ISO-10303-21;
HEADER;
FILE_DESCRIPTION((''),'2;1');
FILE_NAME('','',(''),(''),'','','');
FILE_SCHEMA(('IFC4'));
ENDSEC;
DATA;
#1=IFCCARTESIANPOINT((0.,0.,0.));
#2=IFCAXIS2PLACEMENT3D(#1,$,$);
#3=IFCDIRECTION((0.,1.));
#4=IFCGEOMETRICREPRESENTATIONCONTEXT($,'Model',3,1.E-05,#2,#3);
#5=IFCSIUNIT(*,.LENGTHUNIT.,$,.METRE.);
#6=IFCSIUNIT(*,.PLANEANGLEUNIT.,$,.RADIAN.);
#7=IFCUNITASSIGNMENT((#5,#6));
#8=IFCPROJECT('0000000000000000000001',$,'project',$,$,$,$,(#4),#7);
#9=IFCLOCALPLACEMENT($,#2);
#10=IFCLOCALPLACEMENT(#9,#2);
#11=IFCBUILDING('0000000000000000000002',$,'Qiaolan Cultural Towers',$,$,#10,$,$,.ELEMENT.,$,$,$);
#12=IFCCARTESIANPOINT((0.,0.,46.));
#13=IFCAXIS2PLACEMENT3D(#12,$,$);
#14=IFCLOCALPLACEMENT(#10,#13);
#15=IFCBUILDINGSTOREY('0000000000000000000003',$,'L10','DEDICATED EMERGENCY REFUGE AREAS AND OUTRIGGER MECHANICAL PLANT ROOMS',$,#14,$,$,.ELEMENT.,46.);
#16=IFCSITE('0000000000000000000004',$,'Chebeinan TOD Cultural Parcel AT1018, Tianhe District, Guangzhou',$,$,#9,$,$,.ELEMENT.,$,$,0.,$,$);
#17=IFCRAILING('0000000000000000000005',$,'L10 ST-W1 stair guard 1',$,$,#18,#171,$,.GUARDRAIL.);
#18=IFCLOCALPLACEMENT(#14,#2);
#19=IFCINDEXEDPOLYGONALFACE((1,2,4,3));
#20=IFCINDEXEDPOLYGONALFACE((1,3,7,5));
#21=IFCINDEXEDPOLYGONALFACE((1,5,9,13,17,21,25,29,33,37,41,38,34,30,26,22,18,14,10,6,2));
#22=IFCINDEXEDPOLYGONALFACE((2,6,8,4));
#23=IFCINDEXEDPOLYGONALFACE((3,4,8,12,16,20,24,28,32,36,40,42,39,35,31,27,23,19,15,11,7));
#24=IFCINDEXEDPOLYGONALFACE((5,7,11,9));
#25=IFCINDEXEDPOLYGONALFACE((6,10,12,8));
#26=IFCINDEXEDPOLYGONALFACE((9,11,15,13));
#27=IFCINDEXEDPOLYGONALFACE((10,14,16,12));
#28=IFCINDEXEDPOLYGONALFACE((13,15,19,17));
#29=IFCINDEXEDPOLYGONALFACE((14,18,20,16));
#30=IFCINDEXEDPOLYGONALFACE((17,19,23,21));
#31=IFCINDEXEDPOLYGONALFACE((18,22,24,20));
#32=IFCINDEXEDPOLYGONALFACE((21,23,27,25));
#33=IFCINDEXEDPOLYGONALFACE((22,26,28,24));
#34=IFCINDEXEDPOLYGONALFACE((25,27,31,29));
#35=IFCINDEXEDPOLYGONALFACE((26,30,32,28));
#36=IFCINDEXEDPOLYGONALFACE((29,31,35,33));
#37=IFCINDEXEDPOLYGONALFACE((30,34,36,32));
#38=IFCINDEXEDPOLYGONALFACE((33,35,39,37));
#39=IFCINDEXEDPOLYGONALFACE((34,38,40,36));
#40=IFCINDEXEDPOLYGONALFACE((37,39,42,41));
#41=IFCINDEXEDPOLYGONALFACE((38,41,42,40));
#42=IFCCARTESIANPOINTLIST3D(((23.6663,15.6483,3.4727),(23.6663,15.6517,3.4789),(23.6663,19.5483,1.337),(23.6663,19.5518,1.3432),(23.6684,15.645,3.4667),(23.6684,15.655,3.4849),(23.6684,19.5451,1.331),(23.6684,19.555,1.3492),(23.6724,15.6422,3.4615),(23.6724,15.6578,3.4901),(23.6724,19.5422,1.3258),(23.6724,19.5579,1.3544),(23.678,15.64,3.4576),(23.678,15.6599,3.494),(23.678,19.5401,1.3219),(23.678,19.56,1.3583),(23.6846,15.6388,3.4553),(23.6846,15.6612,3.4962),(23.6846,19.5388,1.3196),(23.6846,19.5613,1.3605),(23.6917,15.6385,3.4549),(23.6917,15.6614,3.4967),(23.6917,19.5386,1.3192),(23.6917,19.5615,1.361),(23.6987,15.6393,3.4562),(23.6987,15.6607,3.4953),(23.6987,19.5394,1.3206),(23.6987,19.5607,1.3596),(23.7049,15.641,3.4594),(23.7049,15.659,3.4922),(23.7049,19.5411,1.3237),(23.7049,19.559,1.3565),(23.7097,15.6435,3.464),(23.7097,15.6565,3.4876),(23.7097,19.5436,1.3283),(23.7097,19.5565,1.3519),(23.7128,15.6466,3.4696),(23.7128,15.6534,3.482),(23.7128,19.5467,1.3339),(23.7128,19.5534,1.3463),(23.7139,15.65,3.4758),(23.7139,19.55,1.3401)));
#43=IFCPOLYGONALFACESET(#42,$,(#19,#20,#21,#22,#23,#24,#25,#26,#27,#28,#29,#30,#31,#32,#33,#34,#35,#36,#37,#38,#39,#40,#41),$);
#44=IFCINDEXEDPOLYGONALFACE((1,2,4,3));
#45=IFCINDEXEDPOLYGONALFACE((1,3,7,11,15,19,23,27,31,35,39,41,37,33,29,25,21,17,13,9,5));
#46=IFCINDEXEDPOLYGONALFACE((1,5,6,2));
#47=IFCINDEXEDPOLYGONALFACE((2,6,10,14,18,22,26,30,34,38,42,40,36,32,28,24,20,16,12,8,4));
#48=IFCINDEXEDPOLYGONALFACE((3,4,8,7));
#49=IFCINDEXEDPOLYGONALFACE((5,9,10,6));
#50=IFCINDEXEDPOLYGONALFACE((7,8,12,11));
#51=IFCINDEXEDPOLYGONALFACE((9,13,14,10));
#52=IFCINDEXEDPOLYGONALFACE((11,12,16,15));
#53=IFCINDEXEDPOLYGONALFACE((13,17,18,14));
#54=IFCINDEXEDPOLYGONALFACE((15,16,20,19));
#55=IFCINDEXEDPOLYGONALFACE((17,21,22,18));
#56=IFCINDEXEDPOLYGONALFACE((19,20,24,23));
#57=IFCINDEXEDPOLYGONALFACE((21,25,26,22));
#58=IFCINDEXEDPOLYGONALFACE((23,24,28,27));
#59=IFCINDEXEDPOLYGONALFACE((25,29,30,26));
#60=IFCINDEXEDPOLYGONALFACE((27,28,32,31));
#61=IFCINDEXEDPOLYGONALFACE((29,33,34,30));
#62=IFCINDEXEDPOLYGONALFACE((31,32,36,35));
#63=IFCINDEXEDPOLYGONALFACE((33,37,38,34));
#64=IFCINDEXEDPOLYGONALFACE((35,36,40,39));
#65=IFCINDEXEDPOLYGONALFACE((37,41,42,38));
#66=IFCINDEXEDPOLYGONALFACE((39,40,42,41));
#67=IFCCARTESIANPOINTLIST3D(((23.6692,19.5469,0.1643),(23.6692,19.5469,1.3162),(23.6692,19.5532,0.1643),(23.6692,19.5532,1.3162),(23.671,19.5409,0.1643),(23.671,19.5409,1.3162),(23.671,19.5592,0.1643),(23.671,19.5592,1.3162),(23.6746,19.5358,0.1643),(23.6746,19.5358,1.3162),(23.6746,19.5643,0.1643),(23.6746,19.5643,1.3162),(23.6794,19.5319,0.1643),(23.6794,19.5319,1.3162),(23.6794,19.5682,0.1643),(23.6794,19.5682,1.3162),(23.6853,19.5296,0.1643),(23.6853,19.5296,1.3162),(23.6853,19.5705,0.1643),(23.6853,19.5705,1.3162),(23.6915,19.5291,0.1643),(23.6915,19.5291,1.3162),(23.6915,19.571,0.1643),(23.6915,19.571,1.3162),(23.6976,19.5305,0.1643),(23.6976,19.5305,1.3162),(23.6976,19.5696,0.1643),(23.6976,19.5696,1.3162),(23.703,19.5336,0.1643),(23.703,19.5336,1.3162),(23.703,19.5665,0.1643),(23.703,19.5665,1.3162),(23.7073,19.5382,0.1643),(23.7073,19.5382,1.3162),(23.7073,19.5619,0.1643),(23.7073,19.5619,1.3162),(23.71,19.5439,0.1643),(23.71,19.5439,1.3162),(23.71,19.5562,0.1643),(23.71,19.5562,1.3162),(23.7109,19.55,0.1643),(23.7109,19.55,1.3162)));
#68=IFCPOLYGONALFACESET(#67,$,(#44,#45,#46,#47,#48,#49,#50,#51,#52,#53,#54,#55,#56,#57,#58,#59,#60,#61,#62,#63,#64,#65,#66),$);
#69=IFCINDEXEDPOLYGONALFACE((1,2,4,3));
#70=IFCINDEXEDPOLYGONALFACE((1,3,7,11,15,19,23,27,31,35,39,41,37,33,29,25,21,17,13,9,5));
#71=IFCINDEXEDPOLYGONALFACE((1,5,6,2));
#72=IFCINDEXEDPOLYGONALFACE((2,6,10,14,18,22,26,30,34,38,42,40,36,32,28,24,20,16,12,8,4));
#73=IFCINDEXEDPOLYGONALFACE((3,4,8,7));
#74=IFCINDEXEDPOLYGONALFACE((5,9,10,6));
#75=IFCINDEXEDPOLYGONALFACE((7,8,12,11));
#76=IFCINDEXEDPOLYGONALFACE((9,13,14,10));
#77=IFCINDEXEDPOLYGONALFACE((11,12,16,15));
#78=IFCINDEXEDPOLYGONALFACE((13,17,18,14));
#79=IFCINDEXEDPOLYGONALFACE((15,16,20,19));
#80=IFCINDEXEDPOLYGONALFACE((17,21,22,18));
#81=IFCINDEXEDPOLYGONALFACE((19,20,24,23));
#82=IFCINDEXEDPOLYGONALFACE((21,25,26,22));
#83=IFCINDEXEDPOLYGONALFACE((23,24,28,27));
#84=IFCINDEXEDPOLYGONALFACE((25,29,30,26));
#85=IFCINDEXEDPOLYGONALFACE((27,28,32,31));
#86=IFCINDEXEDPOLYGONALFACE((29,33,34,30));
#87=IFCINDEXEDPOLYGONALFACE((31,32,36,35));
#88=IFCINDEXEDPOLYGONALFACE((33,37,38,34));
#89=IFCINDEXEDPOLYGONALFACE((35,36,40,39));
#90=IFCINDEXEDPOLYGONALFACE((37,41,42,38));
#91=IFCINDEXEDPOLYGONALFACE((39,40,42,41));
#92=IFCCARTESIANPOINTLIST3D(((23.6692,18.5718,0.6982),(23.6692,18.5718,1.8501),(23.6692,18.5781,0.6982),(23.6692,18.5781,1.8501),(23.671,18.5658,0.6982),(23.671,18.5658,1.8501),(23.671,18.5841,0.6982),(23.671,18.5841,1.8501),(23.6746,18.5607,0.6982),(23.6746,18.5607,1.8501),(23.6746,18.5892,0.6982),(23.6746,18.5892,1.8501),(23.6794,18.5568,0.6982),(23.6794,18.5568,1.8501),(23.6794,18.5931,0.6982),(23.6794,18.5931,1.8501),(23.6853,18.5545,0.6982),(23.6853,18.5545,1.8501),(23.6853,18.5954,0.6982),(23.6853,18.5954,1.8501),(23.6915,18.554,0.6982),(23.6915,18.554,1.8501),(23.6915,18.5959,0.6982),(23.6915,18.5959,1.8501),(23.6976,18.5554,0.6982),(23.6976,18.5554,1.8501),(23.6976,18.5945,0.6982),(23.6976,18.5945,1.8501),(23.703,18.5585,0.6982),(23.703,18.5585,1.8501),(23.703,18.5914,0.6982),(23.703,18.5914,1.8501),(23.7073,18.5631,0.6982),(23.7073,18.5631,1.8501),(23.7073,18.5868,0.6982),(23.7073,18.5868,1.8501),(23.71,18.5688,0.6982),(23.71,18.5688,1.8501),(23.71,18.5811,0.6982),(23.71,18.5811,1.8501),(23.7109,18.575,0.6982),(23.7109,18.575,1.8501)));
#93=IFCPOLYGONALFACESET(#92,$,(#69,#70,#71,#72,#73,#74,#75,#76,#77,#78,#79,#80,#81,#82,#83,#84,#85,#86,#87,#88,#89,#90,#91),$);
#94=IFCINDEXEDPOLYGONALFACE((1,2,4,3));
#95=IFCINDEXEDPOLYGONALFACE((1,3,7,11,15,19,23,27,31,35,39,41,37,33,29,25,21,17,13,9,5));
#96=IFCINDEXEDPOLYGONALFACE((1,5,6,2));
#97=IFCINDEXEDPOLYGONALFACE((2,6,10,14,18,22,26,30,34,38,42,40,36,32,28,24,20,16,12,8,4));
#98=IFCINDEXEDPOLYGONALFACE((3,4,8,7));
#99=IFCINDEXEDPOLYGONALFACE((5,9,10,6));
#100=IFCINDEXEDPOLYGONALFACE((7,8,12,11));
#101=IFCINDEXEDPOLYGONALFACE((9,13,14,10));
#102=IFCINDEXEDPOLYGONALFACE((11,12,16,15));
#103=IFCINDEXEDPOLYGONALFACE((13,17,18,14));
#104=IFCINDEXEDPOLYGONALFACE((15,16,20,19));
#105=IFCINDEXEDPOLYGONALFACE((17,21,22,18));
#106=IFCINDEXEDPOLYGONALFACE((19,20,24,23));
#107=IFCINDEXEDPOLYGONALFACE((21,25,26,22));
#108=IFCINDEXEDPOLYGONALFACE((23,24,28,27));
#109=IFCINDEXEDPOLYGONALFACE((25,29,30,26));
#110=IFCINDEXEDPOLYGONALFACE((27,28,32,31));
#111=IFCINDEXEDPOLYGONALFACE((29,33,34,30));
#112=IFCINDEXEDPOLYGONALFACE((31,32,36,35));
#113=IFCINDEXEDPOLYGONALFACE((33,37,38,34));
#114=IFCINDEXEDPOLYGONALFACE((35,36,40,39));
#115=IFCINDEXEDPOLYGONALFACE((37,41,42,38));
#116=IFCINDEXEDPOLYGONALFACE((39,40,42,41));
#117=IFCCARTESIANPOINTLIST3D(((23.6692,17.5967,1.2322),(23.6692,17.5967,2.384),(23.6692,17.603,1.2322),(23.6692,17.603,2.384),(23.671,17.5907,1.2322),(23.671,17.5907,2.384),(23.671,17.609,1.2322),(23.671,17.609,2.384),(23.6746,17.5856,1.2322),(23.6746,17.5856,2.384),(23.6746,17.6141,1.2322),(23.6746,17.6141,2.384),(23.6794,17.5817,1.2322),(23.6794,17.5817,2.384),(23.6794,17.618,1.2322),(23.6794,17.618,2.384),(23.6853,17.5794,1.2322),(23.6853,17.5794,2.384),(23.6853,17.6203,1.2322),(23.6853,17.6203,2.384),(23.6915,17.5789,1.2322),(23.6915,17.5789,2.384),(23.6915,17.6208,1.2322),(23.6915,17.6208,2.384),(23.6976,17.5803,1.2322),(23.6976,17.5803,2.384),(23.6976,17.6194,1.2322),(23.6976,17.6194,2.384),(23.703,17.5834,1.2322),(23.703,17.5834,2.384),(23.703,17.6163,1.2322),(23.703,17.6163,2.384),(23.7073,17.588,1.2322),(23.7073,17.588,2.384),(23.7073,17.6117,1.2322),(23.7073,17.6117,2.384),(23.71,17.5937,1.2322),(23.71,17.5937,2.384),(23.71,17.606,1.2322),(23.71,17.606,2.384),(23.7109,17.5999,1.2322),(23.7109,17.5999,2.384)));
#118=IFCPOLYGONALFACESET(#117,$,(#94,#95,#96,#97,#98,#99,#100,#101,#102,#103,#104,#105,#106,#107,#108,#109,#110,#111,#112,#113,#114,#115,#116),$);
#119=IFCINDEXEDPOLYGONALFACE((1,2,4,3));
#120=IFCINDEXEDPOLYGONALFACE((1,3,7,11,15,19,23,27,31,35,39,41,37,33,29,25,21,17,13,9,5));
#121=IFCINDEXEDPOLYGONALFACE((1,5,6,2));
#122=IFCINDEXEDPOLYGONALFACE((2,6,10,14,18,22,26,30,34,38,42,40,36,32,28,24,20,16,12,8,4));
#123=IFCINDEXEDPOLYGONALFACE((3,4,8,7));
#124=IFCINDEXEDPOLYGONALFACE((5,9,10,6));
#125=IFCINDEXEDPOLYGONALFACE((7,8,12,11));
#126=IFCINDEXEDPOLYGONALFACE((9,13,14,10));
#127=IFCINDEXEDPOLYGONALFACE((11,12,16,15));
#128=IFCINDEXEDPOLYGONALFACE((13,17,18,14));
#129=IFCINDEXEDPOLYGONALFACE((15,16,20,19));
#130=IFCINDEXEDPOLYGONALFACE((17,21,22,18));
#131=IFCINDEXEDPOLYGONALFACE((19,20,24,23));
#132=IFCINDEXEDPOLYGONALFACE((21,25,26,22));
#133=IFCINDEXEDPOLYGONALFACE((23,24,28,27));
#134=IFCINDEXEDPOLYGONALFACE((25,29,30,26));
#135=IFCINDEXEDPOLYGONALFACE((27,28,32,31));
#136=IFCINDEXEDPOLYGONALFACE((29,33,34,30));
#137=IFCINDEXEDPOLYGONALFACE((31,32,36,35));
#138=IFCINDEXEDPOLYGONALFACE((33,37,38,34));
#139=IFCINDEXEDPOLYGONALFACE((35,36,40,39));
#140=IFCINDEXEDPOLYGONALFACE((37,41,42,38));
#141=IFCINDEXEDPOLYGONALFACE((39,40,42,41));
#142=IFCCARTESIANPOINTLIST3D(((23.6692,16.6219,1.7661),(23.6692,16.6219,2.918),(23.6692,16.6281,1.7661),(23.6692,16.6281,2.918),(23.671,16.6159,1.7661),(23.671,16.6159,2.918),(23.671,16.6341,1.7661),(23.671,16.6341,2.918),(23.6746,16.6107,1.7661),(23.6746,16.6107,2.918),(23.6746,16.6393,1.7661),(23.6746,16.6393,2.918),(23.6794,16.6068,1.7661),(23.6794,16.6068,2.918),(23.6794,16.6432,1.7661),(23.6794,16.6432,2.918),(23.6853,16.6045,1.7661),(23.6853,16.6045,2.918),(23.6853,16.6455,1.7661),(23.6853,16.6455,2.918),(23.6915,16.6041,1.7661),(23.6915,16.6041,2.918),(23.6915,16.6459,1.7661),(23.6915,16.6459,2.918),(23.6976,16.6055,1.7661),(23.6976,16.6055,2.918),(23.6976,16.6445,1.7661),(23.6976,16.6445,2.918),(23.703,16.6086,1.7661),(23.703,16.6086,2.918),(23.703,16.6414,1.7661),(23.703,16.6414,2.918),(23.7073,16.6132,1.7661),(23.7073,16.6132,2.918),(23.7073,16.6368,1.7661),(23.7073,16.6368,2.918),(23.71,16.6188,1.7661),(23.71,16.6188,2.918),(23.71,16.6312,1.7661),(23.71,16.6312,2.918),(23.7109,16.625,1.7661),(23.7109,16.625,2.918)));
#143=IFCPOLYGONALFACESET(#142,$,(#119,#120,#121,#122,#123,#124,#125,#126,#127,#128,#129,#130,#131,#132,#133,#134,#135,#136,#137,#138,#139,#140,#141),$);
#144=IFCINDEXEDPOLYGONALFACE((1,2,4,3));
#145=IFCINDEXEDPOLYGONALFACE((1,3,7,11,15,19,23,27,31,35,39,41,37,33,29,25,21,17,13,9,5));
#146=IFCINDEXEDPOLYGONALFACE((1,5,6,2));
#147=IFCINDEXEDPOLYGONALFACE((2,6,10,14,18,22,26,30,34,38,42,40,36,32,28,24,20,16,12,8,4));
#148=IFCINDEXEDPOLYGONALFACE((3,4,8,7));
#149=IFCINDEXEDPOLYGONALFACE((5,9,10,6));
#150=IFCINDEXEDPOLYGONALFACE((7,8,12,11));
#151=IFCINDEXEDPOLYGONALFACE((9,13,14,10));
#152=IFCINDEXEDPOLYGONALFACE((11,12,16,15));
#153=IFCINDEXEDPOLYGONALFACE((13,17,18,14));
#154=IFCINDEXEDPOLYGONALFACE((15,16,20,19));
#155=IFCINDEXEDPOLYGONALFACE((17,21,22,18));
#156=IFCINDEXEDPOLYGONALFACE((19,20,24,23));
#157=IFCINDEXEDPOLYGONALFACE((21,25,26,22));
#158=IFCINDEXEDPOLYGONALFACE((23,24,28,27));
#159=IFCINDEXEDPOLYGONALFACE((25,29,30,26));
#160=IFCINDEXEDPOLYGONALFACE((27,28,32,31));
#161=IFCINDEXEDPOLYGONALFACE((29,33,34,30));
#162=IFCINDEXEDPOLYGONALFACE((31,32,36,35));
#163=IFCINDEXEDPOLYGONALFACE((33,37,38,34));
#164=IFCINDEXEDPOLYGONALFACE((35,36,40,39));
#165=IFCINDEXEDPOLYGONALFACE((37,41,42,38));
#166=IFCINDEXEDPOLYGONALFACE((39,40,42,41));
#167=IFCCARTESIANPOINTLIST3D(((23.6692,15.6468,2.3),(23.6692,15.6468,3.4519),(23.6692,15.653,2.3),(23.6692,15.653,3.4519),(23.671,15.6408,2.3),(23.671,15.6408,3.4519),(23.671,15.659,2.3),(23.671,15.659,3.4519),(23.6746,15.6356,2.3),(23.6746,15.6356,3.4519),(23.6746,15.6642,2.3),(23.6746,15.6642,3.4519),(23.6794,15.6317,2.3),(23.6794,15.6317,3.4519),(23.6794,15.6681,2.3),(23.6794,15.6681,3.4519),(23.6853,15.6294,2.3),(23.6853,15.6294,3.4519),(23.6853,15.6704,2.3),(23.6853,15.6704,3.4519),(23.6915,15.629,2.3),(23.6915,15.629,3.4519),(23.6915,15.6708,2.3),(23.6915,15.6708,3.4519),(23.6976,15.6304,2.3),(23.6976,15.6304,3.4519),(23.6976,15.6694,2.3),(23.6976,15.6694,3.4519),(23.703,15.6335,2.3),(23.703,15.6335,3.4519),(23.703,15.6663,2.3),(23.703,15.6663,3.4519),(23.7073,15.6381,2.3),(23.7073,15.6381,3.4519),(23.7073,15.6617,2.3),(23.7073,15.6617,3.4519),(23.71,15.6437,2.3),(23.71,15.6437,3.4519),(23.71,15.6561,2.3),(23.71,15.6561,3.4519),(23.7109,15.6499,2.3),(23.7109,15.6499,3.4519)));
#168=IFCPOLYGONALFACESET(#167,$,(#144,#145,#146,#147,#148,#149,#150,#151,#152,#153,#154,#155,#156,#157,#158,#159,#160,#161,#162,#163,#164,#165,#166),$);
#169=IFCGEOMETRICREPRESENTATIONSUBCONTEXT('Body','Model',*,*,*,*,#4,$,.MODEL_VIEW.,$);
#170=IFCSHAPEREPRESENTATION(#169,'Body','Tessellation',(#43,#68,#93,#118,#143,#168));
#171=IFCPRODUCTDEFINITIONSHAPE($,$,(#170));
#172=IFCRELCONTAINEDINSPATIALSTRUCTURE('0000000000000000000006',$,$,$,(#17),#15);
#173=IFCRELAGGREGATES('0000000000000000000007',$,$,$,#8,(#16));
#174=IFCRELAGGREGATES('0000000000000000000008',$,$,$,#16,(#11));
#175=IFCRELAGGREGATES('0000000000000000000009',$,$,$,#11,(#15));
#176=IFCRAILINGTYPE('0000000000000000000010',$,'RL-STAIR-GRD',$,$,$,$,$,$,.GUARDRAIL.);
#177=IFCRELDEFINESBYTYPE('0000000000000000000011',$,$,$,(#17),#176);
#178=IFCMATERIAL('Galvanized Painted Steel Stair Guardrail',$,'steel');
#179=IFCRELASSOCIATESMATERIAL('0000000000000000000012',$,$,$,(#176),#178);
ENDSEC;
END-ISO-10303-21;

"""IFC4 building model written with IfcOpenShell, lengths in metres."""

from ifc_helpers import new_model, si_unit, direction, frame, origin, origin_2d, place, context, subcontext, project, spatial, circle, extrude, material, type_object, element, save


model = new_model("IFC4")

# Units and contexts
model_context = context("Model", 3, precision=1e-05, world=origin(), true_north=direction((0.0, 1.0)))
body_context = subcontext(model_context, "Body", "Model", "MODEL_VIEW")
ifc_project = project(units=[si_unit("LENGTHUNIT", "METRE"), si_unit("PLANEANGLEUNIT", "RADIAN")], contexts=[model_context])

# Site, building, storey
site_placement = place(None, origin())
site = spatial("IfcSite", under=ifc_project, at=site_placement, Name="Chebeinan TOD Cultural Parcel AT1018, Tianhe District, Guangzhou", CompositionType="ELEMENT", RefElevation=0.0)
building_placement = place(site_placement, origin())
building = spatial("IfcBuilding", under=site, at=building_placement, Name="Qiaolan Cultural Towers", CompositionType="ELEMENT")
storey_placement = place(building_placement, frame((0.0, 0.0, 46.0)))
storey = spatial("IfcBuildingStorey", under=building, at=storey_placement, Name="L10", Description="DEDICATED EMERGENCY REFUGE AREAS AND OUTRIGGER MECHANICAL PLANT ROOMS", CompositionType="ELEMENT", Elevation=46.0)

# Railing
ifc_material_1 = material(Name="Galvanized Painted Steel Stair Guardrail", Category="steel")
railing_type = type_object("IfcRailingType", Name="RL-STAIR-GRD", PredefinedType="GUARDRAIL", material=ifc_material_1)
railing_1_placement = place(storey_placement, frame((23.6899, 19.55, 0.1643)))
element("IfcRailing", 1, at=railing_1_placement, inside=storey, type_object=railing_type, Name="L10 ST-W1 stair guard 1", PredefinedType="GUARDRAIL", context=body_context, shape_type="SweptSolid", body=[
    extrude(circle(Radius=0.0239, at=origin_2d()), frame((0.0, 0.0, 1.1758), z_axis=(0.0, -0.877101, 0.480306), x_axis=(1.0, 0.0, 0.0)), (0.0, 0.0, 1.0), 4.4465),
    extrude(circle(Radius=0.021, at=origin_2d()), origin(), (0.0, 0.0, 1.0), 1.1519),
    extrude(circle(Radius=0.021, at=origin_2d()), frame((0.0, -0.9751, 0.5339)), (0.0, 0.0, 1.0), 1.1519),
    extrude(circle(Radius=0.021, at=origin_2d()), frame((0.0, -1.9502, 1.0679)), (0.0, 0.0, 1.0), 1.1519),
    extrude(circle(Radius=0.021, at=origin_2d()), frame((0.0, -2.925, 1.6018)), (0.0, 0.0, 1.0), 1.1519),
    extrude(circle(Radius=0.021, at=origin_2d()), frame((0.0, -3.9001, 2.1357)), (0.0, 0.0, 1.0), 1.1519),
])

save(model, "model.ifc")
